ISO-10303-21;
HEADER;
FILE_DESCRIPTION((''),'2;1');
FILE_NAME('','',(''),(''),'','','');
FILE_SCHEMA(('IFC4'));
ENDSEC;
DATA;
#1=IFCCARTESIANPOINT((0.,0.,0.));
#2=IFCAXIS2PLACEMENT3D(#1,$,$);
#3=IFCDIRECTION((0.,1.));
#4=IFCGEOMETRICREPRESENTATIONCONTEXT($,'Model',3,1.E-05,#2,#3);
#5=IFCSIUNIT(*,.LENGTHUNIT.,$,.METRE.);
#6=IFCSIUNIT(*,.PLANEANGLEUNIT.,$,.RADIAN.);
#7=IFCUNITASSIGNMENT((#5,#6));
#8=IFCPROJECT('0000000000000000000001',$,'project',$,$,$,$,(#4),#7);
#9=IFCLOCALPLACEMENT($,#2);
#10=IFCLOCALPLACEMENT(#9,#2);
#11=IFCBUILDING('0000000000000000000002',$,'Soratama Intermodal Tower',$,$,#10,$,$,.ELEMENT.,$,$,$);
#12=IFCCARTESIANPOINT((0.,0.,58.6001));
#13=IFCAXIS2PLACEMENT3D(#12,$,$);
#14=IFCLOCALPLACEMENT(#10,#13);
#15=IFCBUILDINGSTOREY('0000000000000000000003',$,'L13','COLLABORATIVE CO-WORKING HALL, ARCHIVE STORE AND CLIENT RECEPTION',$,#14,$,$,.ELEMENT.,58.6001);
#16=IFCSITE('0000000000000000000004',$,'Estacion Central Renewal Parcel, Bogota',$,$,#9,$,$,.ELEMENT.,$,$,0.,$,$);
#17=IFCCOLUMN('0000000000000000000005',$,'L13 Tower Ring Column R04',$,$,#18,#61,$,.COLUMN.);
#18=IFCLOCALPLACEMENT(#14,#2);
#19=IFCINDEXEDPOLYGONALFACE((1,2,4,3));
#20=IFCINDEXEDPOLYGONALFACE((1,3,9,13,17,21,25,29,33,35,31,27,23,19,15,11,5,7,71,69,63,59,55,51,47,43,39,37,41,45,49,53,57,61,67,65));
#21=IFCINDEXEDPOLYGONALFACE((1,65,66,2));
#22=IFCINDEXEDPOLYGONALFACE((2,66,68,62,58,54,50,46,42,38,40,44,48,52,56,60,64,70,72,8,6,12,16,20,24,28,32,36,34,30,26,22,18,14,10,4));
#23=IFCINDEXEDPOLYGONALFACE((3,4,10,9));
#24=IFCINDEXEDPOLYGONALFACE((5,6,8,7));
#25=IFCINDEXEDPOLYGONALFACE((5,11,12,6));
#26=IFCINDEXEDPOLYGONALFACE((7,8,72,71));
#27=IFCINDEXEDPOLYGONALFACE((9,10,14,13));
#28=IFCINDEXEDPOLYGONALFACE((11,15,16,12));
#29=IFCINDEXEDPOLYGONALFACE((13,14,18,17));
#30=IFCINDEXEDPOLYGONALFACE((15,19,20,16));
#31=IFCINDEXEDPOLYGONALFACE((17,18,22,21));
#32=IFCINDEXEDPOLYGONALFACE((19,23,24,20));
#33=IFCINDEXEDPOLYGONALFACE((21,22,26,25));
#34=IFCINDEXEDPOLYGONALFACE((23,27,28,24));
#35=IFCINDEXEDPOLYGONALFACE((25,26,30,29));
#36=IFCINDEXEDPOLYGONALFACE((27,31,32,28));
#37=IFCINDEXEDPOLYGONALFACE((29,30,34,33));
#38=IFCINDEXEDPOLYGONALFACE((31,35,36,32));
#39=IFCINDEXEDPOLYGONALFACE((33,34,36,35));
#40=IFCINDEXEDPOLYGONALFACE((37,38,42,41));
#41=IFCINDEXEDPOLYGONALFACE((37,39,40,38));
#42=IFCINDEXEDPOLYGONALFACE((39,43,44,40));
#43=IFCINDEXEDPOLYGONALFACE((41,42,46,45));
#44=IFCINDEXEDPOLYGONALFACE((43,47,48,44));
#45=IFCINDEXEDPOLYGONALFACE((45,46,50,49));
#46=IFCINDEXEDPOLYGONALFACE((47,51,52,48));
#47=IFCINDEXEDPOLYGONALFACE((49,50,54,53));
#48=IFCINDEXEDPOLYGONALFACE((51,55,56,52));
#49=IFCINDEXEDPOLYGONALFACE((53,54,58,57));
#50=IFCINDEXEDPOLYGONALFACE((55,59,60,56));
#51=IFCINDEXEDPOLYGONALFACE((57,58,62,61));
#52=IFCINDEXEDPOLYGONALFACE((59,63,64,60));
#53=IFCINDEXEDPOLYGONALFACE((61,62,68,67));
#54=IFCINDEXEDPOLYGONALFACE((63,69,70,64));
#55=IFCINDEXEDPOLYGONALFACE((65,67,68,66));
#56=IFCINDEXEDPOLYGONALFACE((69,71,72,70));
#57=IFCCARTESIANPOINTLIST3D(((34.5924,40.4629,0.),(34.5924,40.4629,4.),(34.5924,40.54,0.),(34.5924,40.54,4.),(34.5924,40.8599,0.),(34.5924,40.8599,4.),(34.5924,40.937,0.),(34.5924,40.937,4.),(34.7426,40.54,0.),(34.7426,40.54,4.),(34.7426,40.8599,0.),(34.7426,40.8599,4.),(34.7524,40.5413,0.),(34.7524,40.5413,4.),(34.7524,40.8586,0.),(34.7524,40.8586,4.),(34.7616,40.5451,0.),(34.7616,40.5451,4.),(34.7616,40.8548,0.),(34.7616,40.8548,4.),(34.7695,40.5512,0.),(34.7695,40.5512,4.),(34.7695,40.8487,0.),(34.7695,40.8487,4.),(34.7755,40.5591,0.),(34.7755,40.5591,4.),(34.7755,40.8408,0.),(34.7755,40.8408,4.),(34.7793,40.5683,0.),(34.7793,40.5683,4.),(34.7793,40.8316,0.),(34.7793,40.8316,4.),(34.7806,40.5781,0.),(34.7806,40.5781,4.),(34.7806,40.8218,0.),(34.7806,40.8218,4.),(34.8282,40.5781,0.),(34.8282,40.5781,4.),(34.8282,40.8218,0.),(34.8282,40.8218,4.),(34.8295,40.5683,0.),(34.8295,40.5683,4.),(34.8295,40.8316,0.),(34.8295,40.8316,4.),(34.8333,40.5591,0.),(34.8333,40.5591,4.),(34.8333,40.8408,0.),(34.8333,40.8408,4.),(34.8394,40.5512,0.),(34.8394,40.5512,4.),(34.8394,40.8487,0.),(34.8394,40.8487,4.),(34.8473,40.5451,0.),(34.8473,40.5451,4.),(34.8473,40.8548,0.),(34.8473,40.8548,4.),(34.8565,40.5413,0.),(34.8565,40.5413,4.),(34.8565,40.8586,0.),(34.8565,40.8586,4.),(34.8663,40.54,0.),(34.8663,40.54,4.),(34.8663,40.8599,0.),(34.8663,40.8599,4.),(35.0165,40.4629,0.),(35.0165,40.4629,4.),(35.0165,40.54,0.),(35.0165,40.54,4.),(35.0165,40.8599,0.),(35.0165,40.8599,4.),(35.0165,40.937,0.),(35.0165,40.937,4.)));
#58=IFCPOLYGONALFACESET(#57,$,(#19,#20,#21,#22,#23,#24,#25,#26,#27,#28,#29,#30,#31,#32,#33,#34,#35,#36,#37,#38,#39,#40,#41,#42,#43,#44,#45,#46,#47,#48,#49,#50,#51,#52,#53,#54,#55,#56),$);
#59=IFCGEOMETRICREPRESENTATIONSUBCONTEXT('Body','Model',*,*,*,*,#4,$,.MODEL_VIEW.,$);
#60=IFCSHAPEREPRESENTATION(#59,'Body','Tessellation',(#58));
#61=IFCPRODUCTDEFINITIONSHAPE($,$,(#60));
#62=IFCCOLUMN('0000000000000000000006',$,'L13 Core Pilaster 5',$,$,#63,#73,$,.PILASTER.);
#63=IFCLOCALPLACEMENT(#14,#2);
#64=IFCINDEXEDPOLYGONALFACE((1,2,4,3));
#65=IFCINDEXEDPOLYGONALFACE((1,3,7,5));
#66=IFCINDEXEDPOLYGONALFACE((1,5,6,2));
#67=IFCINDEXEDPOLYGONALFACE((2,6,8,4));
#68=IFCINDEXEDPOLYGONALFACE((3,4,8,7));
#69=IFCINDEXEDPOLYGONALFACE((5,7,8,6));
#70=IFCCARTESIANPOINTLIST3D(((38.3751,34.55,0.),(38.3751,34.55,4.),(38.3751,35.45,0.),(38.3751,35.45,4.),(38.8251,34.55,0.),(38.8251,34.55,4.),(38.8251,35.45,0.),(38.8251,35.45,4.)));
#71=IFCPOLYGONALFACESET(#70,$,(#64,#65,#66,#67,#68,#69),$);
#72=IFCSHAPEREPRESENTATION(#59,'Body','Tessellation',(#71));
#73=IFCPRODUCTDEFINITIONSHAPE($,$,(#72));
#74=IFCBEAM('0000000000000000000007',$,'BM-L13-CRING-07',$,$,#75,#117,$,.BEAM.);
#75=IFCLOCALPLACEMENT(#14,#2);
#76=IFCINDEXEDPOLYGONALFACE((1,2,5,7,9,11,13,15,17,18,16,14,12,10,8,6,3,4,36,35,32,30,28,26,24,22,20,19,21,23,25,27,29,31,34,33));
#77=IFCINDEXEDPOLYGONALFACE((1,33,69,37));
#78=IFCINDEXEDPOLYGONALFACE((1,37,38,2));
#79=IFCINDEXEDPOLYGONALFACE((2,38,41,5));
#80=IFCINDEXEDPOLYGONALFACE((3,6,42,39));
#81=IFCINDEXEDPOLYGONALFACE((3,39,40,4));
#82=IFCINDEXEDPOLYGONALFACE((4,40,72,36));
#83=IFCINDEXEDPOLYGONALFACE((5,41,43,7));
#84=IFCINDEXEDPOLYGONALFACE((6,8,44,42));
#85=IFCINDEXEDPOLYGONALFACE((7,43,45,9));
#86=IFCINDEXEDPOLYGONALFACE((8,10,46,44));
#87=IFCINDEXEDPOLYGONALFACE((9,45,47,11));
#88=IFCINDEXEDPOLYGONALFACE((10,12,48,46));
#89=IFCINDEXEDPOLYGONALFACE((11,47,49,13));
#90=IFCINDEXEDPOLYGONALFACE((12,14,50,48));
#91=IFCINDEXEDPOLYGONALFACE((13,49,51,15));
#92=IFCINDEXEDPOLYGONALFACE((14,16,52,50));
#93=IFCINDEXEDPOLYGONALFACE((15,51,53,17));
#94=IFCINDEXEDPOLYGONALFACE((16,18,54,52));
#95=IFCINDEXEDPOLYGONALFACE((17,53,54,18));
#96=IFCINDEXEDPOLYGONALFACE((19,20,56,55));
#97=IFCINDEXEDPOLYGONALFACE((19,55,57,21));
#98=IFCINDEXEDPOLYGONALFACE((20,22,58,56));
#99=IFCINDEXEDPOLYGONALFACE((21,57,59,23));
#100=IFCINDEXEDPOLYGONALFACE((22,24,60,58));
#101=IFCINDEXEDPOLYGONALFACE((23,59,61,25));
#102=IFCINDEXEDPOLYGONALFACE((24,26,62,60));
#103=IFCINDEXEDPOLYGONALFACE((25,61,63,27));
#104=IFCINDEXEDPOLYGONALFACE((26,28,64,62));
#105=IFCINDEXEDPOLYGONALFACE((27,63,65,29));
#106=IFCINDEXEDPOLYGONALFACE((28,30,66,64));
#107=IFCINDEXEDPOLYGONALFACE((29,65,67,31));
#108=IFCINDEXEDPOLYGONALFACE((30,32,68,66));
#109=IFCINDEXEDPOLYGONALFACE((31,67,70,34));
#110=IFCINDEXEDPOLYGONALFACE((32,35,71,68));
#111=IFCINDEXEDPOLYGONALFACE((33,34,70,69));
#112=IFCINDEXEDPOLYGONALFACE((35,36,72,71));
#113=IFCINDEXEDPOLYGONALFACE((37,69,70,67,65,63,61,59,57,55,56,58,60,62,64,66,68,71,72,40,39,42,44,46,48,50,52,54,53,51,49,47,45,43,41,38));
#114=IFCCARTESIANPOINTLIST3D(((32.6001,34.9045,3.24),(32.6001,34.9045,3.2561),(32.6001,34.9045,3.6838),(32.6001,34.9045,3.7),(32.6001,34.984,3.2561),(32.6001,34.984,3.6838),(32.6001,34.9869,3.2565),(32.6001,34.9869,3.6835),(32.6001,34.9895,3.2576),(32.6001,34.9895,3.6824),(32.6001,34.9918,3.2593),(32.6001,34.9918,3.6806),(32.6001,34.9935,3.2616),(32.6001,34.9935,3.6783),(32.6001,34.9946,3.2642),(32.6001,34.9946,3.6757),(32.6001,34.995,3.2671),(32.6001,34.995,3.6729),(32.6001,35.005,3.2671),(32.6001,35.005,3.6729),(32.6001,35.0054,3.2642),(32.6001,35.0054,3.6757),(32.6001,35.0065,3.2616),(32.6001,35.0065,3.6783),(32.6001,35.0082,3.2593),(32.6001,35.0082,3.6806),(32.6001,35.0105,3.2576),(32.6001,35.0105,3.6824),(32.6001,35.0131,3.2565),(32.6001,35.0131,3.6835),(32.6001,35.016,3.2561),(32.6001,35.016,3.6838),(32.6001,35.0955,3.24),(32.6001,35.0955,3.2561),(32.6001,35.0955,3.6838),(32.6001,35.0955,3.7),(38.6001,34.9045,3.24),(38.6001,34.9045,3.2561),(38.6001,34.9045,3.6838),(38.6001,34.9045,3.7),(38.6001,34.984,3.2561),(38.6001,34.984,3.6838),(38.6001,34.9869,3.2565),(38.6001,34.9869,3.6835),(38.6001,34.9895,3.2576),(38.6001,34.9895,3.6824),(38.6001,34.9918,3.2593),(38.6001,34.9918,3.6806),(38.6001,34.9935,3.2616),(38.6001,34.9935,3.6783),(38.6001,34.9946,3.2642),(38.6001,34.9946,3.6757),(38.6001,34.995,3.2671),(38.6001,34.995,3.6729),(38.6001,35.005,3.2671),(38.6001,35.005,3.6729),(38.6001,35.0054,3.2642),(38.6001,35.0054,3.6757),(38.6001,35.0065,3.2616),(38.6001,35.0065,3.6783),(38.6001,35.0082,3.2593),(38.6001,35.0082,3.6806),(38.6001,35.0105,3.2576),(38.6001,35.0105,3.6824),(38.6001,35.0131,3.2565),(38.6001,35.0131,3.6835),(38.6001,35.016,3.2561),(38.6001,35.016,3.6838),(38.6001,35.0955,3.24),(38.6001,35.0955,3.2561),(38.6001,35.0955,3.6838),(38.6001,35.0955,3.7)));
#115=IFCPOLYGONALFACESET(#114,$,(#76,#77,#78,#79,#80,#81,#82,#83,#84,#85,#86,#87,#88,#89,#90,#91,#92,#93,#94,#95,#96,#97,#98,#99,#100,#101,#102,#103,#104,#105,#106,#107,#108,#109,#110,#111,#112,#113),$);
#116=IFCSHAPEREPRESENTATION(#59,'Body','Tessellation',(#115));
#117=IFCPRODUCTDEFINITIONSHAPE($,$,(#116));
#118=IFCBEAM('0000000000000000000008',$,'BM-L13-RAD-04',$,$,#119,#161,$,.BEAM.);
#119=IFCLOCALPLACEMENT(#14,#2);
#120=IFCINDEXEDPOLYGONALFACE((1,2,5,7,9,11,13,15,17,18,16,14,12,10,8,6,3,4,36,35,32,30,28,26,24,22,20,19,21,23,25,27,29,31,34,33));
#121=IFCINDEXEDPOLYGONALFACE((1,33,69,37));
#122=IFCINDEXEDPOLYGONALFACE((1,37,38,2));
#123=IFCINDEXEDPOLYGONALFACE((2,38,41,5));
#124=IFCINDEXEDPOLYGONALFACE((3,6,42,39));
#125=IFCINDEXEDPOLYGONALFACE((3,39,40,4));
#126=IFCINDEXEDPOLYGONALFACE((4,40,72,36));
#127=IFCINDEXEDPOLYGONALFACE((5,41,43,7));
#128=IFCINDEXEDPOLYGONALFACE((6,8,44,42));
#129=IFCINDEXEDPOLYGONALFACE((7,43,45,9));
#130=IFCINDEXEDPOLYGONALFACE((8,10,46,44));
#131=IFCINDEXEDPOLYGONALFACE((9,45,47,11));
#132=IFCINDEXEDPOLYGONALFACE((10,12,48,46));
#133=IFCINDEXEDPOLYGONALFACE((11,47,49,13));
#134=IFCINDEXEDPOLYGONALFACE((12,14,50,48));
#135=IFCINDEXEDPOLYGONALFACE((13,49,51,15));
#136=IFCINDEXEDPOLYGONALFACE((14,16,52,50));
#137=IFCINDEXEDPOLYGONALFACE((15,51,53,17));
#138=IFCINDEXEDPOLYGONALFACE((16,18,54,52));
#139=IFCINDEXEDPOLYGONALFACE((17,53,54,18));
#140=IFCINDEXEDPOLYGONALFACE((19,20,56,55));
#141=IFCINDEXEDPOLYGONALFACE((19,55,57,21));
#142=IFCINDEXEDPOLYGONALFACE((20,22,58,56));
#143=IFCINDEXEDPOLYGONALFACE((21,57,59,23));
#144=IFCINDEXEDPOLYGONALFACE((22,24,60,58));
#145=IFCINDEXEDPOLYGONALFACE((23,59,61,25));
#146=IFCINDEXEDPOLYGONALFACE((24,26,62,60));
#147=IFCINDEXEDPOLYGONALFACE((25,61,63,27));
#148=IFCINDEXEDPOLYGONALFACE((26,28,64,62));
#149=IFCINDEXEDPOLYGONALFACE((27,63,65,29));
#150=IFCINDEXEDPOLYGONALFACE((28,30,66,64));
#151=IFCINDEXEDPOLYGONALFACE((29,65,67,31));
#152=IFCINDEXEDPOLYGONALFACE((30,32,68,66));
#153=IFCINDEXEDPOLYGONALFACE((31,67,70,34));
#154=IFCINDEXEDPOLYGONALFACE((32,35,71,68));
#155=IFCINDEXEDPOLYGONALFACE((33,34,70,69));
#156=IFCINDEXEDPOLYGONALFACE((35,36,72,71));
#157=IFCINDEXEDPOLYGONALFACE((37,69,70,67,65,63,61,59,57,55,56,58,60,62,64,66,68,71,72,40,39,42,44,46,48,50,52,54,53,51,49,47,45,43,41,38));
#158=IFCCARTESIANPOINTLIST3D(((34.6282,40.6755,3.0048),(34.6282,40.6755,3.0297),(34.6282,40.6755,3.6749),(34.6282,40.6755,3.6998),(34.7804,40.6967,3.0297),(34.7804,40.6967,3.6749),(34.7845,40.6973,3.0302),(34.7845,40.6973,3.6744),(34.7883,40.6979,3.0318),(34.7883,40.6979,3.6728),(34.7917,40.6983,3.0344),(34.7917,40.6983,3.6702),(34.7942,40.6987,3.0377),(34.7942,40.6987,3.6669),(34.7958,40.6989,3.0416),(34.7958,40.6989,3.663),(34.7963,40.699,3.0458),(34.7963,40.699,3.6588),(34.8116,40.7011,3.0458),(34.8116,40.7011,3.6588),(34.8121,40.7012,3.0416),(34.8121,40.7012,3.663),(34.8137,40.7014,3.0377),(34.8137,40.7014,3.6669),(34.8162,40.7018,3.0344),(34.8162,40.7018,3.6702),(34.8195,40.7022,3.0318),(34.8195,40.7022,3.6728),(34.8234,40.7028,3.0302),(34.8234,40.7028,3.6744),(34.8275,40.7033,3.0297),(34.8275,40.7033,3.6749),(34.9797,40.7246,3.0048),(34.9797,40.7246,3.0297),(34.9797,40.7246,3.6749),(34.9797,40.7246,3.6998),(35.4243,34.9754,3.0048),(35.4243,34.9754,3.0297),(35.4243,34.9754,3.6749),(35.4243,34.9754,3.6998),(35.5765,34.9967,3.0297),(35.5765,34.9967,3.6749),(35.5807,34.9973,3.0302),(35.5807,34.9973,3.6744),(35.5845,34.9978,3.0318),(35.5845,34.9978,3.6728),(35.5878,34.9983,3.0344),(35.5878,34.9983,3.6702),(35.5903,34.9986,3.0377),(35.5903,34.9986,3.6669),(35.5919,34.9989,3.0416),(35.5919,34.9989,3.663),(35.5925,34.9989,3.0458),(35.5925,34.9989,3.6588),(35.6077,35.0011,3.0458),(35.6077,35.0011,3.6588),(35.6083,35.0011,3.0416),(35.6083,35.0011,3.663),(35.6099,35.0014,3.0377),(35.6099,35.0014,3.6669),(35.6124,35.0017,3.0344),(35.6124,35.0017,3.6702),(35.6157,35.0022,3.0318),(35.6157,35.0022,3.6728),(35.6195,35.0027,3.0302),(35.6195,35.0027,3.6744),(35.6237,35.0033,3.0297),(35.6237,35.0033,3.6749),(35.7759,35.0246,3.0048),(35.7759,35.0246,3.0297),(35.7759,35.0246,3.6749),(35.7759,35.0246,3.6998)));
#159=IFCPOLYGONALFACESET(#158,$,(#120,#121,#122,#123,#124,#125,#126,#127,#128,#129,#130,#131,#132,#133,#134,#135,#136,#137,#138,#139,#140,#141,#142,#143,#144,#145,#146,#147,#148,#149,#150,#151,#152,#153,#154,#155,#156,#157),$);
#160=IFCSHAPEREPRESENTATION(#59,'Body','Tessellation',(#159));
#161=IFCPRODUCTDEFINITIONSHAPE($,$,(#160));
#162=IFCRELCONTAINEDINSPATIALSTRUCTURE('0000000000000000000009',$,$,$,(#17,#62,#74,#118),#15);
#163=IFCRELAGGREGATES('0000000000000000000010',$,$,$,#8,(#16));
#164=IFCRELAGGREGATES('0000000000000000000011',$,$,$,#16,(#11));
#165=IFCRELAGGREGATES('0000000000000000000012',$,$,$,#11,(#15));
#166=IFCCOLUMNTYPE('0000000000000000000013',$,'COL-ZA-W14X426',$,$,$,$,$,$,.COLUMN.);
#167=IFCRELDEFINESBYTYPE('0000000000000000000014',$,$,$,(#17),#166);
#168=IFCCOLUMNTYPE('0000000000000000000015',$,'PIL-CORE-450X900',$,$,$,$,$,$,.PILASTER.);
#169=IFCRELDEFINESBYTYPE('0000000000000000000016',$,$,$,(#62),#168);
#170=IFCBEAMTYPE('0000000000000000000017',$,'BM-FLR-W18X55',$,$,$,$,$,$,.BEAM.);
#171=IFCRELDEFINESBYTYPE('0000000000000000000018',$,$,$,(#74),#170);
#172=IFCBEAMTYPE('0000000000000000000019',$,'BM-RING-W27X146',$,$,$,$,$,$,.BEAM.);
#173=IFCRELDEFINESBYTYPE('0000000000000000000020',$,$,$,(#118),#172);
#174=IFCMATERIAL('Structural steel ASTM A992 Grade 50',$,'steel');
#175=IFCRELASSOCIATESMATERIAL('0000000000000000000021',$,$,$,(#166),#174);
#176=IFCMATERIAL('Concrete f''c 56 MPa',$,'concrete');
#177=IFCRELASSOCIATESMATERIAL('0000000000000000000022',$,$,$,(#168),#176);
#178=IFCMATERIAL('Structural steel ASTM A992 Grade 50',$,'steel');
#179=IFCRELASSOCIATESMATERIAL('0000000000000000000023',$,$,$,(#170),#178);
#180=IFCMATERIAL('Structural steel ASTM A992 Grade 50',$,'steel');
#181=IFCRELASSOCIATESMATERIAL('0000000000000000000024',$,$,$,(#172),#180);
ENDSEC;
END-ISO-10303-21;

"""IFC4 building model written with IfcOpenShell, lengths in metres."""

from ifc_helpers import new_model, si_unit, direction, frame, origin, origin_2d, place, context, subcontext, project, spatial, rectangle, i_section, extrude, material, material_profile, profile_set, type_object, element, save


model = new_model("IFC4")

# Units and contexts
model_context = context("Model", 3, precision=1e-05, world=origin(), true_north=direction((0.0, 1.0)))
body_context = subcontext(model_context, "Body", "Model", "MODEL_VIEW")
ifc_project = project(units=[si_unit("LENGTHUNIT", "METRE"), si_unit("PLANEANGLEUNIT", "RADIAN")], contexts=[model_context])

# Site, building, storey
site_placement = place(None, origin())
site = spatial("IfcSite", under=ifc_project, at=site_placement, Name="Estacion Central Renewal Parcel, Bogota", CompositionType="ELEMENT", RefElevation=0.0)
building_placement = place(site_placement, origin())
building = spatial("IfcBuilding", under=site, at=building_placement, Name="Soratama Intermodal Tower", CompositionType="ELEMENT")
storey_placement = place(building_placement, frame((0.0, 0.0, 58.6001)))
storey = spatial("IfcBuildingStorey", under=building, at=storey_placement, Name="L13", Description="COLLABORATIVE CO-WORKING HALL, ARCHIVE STORE AND CLIENT RECEPTION", CompositionType="ELEMENT", Elevation=58.6001)

# Columns
ifc_material_1 = material(Name="Structural steel ASTM A992 Grade 50", Category="steel")
ifc_material_profile_1 = material_profile(ifc_material_1, i_section(OverallWidth=0.4241, OverallDepth=0.4741, WebThickness=0.0476, FlangeThickness=0.0771, FilletRadius=0.0381, at=origin_2d()), Name="W14X426")
ifc_profile_set_1 = profile_set([ifc_material_profile_1], Name="Structural steel ASTM A992 Grade 50")
column_type_1 = type_object("IfcColumnType", Name="COL-ZA-W14X426", PredefinedType="COLUMN", material=ifc_profile_set_1)
column_1_placement = place(storey_placement, frame((34.8044, 40.7, 0.0), z_axis=(0.0, 0.0, 1.0), x_axis=(1.0, 0.0, 0.0)))
element("IfcColumn", 1, at=column_1_placement, inside=storey, type_object=column_type_1, Name="L13 Tower Ring Column R04", PredefinedType="COLUMN", context=body_context, shape_type="SweptSolid", body=[
    extrude(i_section(OverallWidth=0.4241, OverallDepth=0.4741, WebThickness=0.0476, FlangeThickness=0.0771, FilletRadius=0.0381, at=origin_2d()), origin(), (0.0, 0.0, 1.0), 4.0),
])
ifc_material_2 = material(Name="Concrete f'c 56 MPa", Category="concrete")
ifc_material_profile_2 = material_profile(ifc_material_2, rectangle(XDim=0.45, YDim=0.8999, at=origin_2d()), Name="RC450X900")
ifc_profile_set_2 = profile_set([ifc_material_profile_2], Name="Concrete f'c 56 MPa")
column_type_2 = type_object("IfcColumnType", Name="PIL-CORE-450X900", PredefinedType="PILASTER", material=ifc_profile_set_2)
column_2_placement = place(storey_placement, frame((38.6001, 35.0, 0.0), z_axis=(0.0, 0.0, 1.0), x_axis=(1.0, 0.0, 0.0)))
element("IfcColumn", 2, at=column_2_placement, inside=storey, type_object=column_type_2, Name="L13 Core Pilaster 5", PredefinedType="PILASTER", context=body_context, shape_type="SweptSolid", body=[
    extrude(rectangle(XDim=0.45, YDim=0.8999, at=origin_2d()), origin(), (0.0, 0.0, 1.0), 4.0),
])

# Beams
ifc_material_3 = material(Name="Structural steel ASTM A992 Grade 50", Category="steel")
ifc_material_profile_3 = material_profile(ifc_material_3, i_section(OverallWidth=0.1909, OverallDepth=0.46, WebThickness=0.01, FlangeThickness=0.0161, FilletRadius=0.011, at=origin_2d()), Name="W18X55")
ifc_profile_set_3 = profile_set([ifc_material_profile_3], Name="Structural steel ASTM A992 Grade 50")
beam_type_1 = type_object("IfcBeamType", Name="BM-FLR-W18X55", PredefinedType="BEAM", material=ifc_profile_set_3)
beam_1_placement = place(storey_placement, frame((38.6001, 35.0, 3.47), z_axis=(-1.0, 0.0, 0.0), x_axis=(0.0, -1.0, 0.0)))
element("IfcBeam", 3, at=beam_1_placement, inside=storey, type_object=beam_type_1, Name="BM-L13-CRING-07", PredefinedType="BEAM", context=body_context, shape_type="SweptSolid", body=[
    extrude(i_section(OverallWidth=0.1909, OverallDepth=0.46, WebThickness=0.01, FlangeThickness=0.0161, FilletRadius=0.011, at=origin_2d()), origin(), (0.0, 0.0, 1.0), 6.0),
])
ifc_material_4 = material(Name="Structural steel ASTM A992 Grade 50", Category="steel")
ifc_material_profile_4 = material_profile(ifc_material_4, i_section(OverallWidth=0.355, OverallDepth=0.6951, WebThickness=0.0154, FlangeThickness=0.0249, FilletRadius=0.0161, at=origin_2d()), Name="W27X146")
ifc_profile_set_4 = profile_set([ifc_material_profile_4], Name="Structural steel ASTM A992 Grade 50")
beam_type_2 = type_object("IfcBeamType", Name="BM-RING-W27X146", PredefinedType="BEAM", material=ifc_profile_set_4)
beam_2_placement = place(storey_placement, frame((35.6001, 35.0, 3.3523), z_axis=(-0.138332, 0.990386, 0.0), x_axis=(-0.990386, -0.138332, 0.0)))
element("IfcBeam", 4, at=beam_2_placement, inside=storey, type_object=beam_type_2, Name="BM-L13-RAD-04", PredefinedType="BEAM", context=body_context, shape_type="SweptSolid", body=[
    extrude(i_section(OverallWidth=0.355, OverallDepth=0.6951, WebThickness=0.0154, FlangeThickness=0.0249, FilletRadius=0.0161, at=origin_2d()), origin(), (0.0, 0.0, 1.0), 5.7554),
])

save(model, "model.ifc")
